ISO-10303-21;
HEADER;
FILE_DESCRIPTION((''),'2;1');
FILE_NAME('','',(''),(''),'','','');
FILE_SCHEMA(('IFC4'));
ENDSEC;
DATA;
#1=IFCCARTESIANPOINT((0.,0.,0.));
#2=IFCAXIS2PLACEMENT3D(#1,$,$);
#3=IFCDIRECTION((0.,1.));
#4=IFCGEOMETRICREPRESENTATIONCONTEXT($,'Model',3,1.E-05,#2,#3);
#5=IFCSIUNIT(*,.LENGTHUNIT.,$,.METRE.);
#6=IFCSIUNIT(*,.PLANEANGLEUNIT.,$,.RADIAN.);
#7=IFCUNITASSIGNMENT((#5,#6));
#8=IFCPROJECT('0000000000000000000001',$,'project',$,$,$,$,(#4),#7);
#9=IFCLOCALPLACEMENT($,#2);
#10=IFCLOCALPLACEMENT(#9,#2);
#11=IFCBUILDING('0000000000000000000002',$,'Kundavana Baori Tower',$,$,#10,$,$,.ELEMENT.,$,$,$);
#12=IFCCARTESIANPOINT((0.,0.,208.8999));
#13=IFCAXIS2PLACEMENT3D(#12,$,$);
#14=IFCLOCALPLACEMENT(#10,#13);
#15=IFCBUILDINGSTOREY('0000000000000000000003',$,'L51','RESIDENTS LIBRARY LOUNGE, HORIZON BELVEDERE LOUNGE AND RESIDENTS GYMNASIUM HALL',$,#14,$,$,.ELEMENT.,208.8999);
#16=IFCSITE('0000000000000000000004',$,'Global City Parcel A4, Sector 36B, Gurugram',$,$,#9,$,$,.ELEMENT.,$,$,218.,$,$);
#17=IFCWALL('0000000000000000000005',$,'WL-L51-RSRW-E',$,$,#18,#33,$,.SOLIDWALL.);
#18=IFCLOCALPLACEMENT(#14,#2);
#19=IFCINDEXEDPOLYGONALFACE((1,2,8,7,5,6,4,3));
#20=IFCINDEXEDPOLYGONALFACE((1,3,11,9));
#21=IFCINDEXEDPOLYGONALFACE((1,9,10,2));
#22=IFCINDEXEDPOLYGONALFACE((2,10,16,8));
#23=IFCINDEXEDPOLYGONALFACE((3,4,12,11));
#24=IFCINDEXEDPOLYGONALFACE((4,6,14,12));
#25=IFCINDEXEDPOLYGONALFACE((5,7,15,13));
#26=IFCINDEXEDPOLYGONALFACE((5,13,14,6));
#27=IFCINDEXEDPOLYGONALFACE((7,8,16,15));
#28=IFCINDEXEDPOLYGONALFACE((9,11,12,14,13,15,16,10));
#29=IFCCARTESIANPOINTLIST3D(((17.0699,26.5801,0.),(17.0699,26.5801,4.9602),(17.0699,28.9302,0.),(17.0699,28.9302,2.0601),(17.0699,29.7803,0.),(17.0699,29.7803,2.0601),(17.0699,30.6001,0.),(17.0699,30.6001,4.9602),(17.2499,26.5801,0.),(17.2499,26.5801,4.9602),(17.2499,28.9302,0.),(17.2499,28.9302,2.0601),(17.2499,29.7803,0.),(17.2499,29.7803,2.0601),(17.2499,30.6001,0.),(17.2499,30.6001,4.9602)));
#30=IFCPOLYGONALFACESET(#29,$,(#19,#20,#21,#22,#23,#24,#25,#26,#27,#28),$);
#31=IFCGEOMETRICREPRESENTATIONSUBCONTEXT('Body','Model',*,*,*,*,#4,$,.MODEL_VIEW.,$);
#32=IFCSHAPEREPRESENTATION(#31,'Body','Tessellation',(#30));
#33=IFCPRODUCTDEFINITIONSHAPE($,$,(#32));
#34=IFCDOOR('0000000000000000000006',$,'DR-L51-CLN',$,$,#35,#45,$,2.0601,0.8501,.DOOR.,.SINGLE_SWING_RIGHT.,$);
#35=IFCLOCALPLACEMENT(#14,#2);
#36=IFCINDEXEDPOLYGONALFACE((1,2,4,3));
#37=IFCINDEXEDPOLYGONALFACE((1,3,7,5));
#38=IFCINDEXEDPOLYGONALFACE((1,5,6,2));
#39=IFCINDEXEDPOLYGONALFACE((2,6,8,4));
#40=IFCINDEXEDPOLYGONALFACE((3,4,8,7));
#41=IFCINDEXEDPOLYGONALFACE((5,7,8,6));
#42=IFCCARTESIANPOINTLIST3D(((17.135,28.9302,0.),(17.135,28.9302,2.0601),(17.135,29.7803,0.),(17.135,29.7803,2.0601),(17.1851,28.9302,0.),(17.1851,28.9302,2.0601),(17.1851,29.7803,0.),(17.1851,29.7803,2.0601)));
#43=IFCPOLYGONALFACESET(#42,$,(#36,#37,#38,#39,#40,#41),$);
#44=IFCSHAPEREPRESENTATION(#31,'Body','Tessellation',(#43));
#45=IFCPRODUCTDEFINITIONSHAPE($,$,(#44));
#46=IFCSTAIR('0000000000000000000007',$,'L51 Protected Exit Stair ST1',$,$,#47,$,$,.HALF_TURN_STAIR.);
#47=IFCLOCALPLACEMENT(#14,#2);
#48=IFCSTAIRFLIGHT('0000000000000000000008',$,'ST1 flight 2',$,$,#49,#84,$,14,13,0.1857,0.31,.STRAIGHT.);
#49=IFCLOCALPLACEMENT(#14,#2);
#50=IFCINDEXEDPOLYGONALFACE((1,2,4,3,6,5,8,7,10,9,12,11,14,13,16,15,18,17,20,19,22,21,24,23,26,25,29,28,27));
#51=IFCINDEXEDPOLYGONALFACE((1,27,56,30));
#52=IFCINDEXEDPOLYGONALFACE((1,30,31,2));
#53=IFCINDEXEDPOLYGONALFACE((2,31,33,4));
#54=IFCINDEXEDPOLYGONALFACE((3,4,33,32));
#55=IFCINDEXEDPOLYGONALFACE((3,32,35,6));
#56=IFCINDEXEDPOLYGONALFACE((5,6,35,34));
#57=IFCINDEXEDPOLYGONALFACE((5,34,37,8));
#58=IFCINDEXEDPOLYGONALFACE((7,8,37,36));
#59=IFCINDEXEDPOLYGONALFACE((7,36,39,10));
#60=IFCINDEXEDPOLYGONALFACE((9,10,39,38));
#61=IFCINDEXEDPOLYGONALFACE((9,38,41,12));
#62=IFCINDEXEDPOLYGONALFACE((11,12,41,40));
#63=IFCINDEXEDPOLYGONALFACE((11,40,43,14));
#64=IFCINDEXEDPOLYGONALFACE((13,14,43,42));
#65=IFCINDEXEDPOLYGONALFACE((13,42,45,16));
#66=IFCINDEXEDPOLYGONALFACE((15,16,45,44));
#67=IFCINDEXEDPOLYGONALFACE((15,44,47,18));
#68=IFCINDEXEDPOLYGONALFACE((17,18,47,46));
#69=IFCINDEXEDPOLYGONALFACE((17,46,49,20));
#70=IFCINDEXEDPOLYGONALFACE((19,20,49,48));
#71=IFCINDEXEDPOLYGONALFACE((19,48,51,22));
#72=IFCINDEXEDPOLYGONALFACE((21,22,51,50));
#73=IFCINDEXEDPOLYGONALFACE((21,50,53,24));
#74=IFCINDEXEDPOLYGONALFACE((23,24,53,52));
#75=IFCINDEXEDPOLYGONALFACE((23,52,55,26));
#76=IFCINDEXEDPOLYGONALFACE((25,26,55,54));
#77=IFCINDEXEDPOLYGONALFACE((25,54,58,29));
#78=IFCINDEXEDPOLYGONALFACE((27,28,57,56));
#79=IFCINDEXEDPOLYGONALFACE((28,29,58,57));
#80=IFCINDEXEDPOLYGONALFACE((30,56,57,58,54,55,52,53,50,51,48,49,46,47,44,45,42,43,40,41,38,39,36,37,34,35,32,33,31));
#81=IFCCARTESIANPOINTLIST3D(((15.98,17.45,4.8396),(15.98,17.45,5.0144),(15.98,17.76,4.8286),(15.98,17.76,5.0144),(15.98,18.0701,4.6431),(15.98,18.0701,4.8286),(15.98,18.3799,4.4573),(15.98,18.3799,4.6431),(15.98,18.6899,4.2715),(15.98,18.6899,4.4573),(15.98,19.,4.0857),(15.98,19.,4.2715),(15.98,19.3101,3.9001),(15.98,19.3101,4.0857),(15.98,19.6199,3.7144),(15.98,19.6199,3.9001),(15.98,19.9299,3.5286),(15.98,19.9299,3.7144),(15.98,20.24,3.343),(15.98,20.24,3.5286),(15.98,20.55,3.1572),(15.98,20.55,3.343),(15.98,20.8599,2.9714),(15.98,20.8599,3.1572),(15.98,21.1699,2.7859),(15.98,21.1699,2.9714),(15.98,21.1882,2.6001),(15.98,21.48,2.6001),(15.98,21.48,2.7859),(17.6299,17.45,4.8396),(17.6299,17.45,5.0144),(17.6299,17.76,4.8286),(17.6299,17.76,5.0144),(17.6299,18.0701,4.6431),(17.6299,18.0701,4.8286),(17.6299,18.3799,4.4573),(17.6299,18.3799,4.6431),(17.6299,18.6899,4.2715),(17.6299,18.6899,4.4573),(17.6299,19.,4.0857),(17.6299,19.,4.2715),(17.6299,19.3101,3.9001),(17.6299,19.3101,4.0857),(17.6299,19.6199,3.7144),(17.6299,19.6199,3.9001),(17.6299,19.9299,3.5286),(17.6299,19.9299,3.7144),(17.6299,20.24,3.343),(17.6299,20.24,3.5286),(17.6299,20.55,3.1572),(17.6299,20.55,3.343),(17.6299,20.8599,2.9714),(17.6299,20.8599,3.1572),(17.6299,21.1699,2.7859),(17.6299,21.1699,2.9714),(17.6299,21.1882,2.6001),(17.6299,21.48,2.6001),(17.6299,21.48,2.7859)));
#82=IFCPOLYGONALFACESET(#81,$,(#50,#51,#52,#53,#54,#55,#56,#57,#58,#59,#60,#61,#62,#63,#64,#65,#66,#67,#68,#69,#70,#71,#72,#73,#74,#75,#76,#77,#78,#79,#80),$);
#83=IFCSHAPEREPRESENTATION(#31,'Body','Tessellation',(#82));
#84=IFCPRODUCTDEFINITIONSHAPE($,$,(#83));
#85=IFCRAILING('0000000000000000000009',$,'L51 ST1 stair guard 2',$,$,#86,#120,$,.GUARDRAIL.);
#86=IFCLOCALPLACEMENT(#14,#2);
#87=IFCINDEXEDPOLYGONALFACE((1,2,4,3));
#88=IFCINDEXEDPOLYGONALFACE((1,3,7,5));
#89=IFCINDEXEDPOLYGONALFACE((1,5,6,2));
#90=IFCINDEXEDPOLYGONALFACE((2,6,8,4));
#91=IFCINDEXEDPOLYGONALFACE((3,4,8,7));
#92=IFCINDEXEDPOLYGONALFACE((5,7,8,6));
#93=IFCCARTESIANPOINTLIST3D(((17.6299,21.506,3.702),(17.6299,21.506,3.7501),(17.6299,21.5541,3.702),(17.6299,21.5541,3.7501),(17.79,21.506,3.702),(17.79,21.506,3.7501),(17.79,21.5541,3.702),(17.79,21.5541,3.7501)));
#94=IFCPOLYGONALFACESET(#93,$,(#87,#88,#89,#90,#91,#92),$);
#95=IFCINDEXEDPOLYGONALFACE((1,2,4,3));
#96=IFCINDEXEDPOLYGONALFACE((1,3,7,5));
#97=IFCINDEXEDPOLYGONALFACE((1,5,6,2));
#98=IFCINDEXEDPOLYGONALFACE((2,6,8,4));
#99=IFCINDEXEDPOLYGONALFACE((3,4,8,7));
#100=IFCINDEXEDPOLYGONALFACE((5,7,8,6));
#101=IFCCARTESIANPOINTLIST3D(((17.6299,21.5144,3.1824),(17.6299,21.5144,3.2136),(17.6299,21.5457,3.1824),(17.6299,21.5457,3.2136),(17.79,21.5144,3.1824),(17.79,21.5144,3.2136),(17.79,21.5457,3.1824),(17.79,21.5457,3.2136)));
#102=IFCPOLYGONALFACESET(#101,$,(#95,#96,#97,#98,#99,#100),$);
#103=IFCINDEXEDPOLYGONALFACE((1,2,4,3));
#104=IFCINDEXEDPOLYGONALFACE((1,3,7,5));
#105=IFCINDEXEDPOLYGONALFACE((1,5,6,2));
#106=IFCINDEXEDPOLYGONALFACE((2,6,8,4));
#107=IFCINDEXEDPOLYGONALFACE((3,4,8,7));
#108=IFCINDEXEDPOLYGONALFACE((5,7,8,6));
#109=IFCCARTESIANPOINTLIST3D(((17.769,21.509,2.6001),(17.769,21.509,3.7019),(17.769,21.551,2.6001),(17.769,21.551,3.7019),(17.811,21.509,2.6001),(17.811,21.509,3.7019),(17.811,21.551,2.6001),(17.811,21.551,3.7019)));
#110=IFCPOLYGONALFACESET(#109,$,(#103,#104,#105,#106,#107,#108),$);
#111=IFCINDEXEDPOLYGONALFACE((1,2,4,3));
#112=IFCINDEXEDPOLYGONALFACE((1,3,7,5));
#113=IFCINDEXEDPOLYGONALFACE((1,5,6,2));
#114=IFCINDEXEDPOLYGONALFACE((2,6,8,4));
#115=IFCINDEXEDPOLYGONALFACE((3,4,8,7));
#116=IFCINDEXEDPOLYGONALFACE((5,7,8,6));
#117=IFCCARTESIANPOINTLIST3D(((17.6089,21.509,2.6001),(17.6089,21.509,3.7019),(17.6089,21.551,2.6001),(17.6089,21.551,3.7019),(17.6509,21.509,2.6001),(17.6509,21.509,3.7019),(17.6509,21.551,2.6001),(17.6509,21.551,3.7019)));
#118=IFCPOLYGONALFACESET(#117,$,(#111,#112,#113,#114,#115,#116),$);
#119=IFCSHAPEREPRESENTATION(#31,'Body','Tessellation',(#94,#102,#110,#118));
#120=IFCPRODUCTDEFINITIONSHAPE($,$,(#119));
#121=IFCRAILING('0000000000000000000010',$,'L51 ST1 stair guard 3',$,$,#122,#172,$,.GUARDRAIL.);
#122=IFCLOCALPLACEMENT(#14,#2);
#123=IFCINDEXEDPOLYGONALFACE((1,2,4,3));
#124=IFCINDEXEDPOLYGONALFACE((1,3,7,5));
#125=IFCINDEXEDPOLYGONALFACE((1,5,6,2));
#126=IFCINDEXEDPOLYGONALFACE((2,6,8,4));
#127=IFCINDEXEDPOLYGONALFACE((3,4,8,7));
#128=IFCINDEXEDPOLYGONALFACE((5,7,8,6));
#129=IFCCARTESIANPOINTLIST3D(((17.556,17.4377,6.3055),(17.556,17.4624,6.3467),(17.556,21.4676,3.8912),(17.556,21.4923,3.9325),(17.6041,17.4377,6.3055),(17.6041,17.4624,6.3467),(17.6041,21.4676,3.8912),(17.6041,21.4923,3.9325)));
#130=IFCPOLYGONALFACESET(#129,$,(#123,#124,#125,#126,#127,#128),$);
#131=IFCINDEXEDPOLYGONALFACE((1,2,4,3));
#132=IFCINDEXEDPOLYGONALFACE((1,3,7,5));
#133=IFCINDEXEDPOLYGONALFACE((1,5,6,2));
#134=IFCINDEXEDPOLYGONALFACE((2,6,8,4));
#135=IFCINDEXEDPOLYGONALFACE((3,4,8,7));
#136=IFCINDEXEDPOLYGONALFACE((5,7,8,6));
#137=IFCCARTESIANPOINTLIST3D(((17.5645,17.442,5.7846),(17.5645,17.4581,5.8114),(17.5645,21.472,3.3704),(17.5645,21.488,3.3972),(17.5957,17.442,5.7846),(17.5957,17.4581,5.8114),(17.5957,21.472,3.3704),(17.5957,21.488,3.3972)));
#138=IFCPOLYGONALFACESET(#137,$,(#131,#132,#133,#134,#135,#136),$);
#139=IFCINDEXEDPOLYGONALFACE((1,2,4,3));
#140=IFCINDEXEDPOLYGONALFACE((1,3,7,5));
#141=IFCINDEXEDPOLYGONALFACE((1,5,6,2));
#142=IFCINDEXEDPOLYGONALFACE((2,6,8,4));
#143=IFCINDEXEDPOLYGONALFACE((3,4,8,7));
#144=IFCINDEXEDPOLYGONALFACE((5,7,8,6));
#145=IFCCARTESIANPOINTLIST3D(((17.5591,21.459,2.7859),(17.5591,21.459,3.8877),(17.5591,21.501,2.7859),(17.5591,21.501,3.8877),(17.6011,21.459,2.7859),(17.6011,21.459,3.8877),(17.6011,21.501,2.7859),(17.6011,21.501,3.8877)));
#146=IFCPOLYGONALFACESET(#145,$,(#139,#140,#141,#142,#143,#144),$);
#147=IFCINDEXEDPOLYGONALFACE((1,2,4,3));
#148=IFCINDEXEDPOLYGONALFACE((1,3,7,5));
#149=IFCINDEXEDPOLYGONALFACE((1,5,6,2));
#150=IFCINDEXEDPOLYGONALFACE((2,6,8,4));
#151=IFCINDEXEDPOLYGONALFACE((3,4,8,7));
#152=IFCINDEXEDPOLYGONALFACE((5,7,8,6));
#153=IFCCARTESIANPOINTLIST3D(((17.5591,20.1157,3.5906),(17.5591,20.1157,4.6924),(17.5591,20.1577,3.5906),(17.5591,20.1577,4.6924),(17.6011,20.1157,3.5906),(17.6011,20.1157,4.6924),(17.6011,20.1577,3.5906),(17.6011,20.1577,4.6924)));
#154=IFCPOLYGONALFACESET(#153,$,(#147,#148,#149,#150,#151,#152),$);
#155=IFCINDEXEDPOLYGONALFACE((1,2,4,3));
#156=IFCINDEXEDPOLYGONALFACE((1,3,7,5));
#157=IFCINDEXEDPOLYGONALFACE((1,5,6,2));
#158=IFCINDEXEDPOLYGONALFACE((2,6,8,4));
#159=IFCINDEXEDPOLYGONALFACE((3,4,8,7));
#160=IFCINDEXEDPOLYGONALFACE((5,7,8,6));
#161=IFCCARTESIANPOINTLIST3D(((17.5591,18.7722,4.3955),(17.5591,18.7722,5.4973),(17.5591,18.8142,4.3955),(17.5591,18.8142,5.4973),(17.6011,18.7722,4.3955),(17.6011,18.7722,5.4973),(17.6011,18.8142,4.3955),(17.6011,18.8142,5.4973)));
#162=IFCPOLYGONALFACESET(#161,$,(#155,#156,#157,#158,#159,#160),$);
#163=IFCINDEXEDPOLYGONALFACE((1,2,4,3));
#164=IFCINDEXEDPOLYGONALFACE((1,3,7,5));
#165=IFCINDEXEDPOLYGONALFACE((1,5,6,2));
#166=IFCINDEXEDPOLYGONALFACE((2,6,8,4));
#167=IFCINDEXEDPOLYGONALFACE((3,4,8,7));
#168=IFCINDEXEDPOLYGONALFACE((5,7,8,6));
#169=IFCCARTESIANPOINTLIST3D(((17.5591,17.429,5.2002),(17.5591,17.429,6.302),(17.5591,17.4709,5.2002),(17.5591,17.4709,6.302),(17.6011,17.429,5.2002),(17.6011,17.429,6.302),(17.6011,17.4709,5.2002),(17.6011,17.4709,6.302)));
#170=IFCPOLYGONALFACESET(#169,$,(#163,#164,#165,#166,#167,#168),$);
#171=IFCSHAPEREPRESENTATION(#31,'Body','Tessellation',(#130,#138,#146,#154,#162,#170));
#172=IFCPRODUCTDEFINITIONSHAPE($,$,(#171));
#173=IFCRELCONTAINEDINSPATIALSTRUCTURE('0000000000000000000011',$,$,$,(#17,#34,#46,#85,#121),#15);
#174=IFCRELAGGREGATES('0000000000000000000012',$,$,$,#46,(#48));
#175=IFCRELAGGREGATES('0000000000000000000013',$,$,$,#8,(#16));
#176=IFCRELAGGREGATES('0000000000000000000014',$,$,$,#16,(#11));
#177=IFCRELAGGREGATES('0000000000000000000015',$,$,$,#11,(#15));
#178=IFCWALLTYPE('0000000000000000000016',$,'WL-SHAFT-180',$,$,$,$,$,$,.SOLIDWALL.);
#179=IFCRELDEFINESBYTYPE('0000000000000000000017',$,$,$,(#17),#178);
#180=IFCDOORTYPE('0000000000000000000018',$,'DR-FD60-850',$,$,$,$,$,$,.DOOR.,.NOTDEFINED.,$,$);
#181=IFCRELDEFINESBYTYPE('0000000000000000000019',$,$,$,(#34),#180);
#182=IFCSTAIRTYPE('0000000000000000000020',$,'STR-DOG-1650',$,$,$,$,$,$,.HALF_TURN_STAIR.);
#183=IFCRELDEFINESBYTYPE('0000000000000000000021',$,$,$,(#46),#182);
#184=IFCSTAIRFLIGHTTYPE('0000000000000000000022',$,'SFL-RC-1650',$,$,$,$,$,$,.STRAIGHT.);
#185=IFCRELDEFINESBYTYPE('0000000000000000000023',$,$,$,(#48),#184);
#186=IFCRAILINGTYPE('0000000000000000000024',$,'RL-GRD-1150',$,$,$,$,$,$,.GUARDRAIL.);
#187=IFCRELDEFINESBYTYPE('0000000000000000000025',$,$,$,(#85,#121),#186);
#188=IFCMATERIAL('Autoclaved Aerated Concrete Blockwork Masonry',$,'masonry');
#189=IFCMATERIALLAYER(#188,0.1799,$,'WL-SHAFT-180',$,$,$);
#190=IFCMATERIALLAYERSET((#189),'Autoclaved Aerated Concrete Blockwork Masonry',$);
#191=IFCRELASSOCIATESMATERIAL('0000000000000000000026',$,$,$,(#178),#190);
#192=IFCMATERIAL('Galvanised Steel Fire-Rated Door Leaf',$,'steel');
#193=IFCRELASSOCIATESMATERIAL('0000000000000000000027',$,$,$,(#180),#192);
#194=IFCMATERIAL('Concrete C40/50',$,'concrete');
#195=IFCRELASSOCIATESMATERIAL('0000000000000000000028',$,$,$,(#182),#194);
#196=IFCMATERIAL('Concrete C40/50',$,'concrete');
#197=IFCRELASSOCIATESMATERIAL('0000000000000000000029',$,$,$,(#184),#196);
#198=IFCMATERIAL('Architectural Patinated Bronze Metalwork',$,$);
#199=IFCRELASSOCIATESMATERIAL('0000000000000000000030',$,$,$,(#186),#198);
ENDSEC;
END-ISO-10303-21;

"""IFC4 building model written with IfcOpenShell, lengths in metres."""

from ifc_helpers import new_model, si_unit, direction, frame, frame_2d, origin, origin_2d, place, context, subcontext, project, spatial, polyline, rectangle, outline, extrude, material, layer, layer_set, type_object, element, fill, aggregate, save


model = new_model("IFC4")

# Units and contexts
model_context = context("Model", 3, precision=1e-05, world=origin(), true_north=direction((0.0, 1.0)))
body_context = subcontext(model_context, "Body", "Model", "MODEL_VIEW")
ifc_project = project(units=[si_unit("LENGTHUNIT", "METRE"), si_unit("PLANEANGLEUNIT", "RADIAN")], contexts=[model_context])

# Site, building, storey
site_placement = place(None, origin())
site = spatial("IfcSite", under=ifc_project, at=site_placement, Name="Global City Parcel A4, Sector 36B, Gurugram", CompositionType="ELEMENT", RefElevation=218.0)
building_placement = place(site_placement, origin())
building = spatial("IfcBuilding", under=site, at=building_placement, Name="Kundavana Baori Tower", CompositionType="ELEMENT")
storey_placement = place(building_placement, frame((0.0, 0.0, 208.8999)))
storey = spatial("IfcBuildingStorey", under=building, at=storey_placement, Name="L51", Description="RESIDENTS LIBRARY LOUNGE, HORIZON BELVEDERE LOUNGE AND RESIDENTS GYMNASIUM HALL", CompositionType="ELEMENT", Elevation=208.8999)

# Shared definitions
ifc_material_1 = material(Name="Autoclaved Aerated Concrete Blockwork Masonry", Category="masonry")
ifc_layer_1 = layer(ifc_material_1, 0.1799, Name="WL-SHAFT-180")
ifc_layer_set_1 = layer_set([ifc_layer_1], Name="Autoclaved Aerated Concrete Blockwork Masonry")
wall_type_1 = type_object("IfcWallType", Name="WL-SHAFT-180", PredefinedType="SOLIDWALL", material=ifc_layer_set_1)

# Wall, opening, door
wall_1_placement = place(storey_placement, frame((17.1599, 26.5801, 0.0), z_axis=(0.0, 0.0, 1.0), x_axis=(0.0, 1.0, 0.0)))
wall_1 = element("IfcWall", 1, at=wall_1_placement, inside=storey, type_object=wall_type_1, Name="WL-L51-RSRW-E", PredefinedType="SOLIDWALL", context=body_context, shape_type="SweptSolid", body=[
    extrude(rectangle(XDim=4.02, YDim=0.1799, at=frame_2d((2.01, 0.0))), origin(), (0.0, 0.0, 1.0), 4.9602),
])
opening_1_placement = place(wall_1_placement, frame((2.3501, 0.0, 0.0)))
opening_1 = element("IfcOpeningElement", 2, at=opening_1_placement, cuts=wall_1, PredefinedType="OPENING", context=body_context, shape_type="SweptSolid", body=[
    extrude(rectangle(XDim=0.8501, YDim=2.0601, at=frame_2d((0.425, 1.03))), frame((0.0, 0.1001, 0.0), z_axis=(0.0, -1.0, 0.0), x_axis=(1.0, 0.0, 0.0)), (0.0, 0.0, 1.0), 0.2),
])
ifc_material_2 = material(Name="Galvanised Steel Fire-Rated Door Leaf", Category="steel")
door_type_1 = type_object("IfcDoorType", Name="DR-FD60-850", OperationType="NOTDEFINED", PredefinedType="DOOR", material=ifc_material_2)
door_1_placement = place(opening_1_placement, origin())
door_1 = element("IfcDoor", 3, at=door_1_placement, inside=storey, type_object=door_type_1, Name="DR-L51-CLN", OperationType="SINGLE_SWING_RIGHT", OverallHeight=2.0601, OverallWidth=0.8501, PredefinedType="DOOR", context=body_context, shape_type="SweptSolid", body=[
    extrude(rectangle(XDim=0.8501, YDim=2.0601, at=frame_2d((0.425, 1.03))), frame((0.0, 0.0249, 0.0), z_axis=(0.0, -1.0, 0.0), x_axis=(1.0, 0.0, 0.0)), (0.0, 0.0, 1.0), 0.05),
])
fill(opening_1, door_1)

# Stair, stair flight
ifc_material_3 = material(Name="Concrete C40/50", Category="concrete")
stair_type = type_object("IfcStairType", Name="STR-DOG-1650", PredefinedType="HALF_TURN_STAIR", material=ifc_material_3)
stair_placement = place(storey_placement, origin())
stair = element("IfcStair", 4, at=stair_placement, inside=storey, type_object=stair_type, Name="L51 Protected Exit Stair ST1", PredefinedType="HALF_TURN_STAIR")
ifc_material_4 = material(Name="Concrete C40/50", Category="concrete")
stair_flight_type = type_object("IfcStairFlightType", Name="SFL-RC-1650", PredefinedType="STRAIGHT", material=ifc_material_4)
stair_flight_placement = place(storey_placement, frame((16.8049, 21.48, 2.6001), z_axis=(0.0, 0.0, 1.0), x_axis=(0.0, -1.0, 0.0)))
stair_flight = element("IfcStairFlight", 5, at=stair_flight_placement, type_object=stair_flight_type, Name="ST1 flight 2", NumberOfRisers=14, NumberOfTreads=13, PredefinedType="STRAIGHT", RiserHeight=0.1857, TreadLength=0.31, context=body_context, shape_type="SweptSolid", body=[
    extrude(outline(polyline([(0.0, 0.0), (0.0, 0.1858), (0.3101, 0.1858), (0.3101, 0.3713), (0.6201, 0.3713), (0.6201, 0.5571), (0.9299, 0.5571), (0.9299, 0.7429), (1.24, 0.7429), (1.24, 0.9285), (1.55, 0.9285), (1.55, 1.1143), (1.8601, 1.1143), (1.8601, 1.3), (2.1699, 1.3), (2.1699, 1.4856), (2.48, 1.4856), (2.48, 1.6714), (2.79, 1.6714), (2.79, 1.8572), (3.1001, 1.8572), (3.1001, 2.043), (3.4099, 2.043), (3.4099, 2.2285), (3.72, 2.2285), (3.72, 2.4143), (4.03, 2.4143), (4.03, 2.6001), (4.03, 2.2395), (0.2917, 0.0), (0.0, 0.0)])), frame((0.0, 0.825, 0.0), z_axis=(0.0, -1.0, 0.0), x_axis=(1.0, 0.0, 0.0)), (0.0, 0.0, 1.0), 1.6499),
])
aggregate(stair, [stair_flight])

# Railings
ifc_material_5 = material(Name="Architectural Patinated Bronze Metalwork")
railing_type = type_object("IfcRailingType", Name="RL-GRD-1150", PredefinedType="GUARDRAIL", material=ifc_material_5)
railing_1_placement = place(storey_placement, frame((17.79, 21.53, 2.6001)))
element("IfcRailing", 6, at=railing_1_placement, inside=storey, type_object=railing_type, Name="L51 ST1 stair guard 2", PredefinedType="GUARDRAIL", context=body_context, shape_type="SweptSolid", body=[
    extrude(rectangle(XDim=0.0481, YDim=0.0481, at=origin_2d()), frame((0.0, 0.0, 1.126), z_axis=(-1.0, 0.0, 0.0), x_axis=(0.0, -1.0, 0.0)), (0.0, 0.0, 1.0), 0.1602),
    extrude(rectangle(XDim=0.0312, YDim=0.0312, at=origin_2d()), frame((0.0, 0.0, 0.5979), z_axis=(-1.0, 0.0, 0.0), x_axis=(0.0, -1.0, 0.0)), (0.0, 0.0, 1.0), 0.1602),
    extrude(rectangle(XDim=0.042, YDim=0.042, at=origin_2d()), origin(), (0.0, 0.0, 1.0), 1.1018),
    extrude(rectangle(XDim=0.042, YDim=0.042, at=origin_2d()), frame((-0.1602, 0.0, 0.0)), (0.0, 0.0, 1.0), 1.1018),
])
railing_2_placement = place(storey_placement, frame((17.5801, 21.48, 2.7859)))
element("IfcRailing", 7, at=railing_2_placement, inside=storey, type_object=railing_type, Name="L51 ST1 stair guard 3", PredefinedType="GUARDRAIL", context=body_context, shape_type="SweptSolid", body=[
    extrude(rectangle(XDim=0.0481, YDim=0.0481, at=origin_2d()), frame((0.0, 0.0, 1.126), z_axis=(0.0, -0.857841, 0.513915), x_axis=(1.0, 0.0, 0.0)), (0.0, 0.0, 1.0), 4.6978),
    extrude(rectangle(XDim=0.0312, YDim=0.0312, at=origin_2d()), frame((0.0, 0.0, 0.5979), z_axis=(0.0, -0.857841, 0.513915), x_axis=(1.0, 0.0, 0.0)), (0.0, 0.0, 1.0), 4.6978),
    extrude(rectangle(XDim=0.042, YDim=0.042, at=origin_2d()), origin(), (0.0, 0.0, 1.0), 1.1018),
    extrude(rectangle(XDim=0.042, YDim=0.042, at=origin_2d()), frame((0.0, -1.3433, 0.8047)), (0.0, 0.0, 1.0), 1.1018),
    extrude(rectangle(XDim=0.042, YDim=0.042, at=origin_2d()), frame((0.0, -2.6868, 1.6096)), (0.0, 0.0, 1.0), 1.1018),
    extrude(rectangle(XDim=0.042, YDim=0.042, at=origin_2d()), frame((0.0, -4.03, 2.4143)), (0.0, 0.0, 1.0), 1.1018),
])

save(model, "model.ifc")
